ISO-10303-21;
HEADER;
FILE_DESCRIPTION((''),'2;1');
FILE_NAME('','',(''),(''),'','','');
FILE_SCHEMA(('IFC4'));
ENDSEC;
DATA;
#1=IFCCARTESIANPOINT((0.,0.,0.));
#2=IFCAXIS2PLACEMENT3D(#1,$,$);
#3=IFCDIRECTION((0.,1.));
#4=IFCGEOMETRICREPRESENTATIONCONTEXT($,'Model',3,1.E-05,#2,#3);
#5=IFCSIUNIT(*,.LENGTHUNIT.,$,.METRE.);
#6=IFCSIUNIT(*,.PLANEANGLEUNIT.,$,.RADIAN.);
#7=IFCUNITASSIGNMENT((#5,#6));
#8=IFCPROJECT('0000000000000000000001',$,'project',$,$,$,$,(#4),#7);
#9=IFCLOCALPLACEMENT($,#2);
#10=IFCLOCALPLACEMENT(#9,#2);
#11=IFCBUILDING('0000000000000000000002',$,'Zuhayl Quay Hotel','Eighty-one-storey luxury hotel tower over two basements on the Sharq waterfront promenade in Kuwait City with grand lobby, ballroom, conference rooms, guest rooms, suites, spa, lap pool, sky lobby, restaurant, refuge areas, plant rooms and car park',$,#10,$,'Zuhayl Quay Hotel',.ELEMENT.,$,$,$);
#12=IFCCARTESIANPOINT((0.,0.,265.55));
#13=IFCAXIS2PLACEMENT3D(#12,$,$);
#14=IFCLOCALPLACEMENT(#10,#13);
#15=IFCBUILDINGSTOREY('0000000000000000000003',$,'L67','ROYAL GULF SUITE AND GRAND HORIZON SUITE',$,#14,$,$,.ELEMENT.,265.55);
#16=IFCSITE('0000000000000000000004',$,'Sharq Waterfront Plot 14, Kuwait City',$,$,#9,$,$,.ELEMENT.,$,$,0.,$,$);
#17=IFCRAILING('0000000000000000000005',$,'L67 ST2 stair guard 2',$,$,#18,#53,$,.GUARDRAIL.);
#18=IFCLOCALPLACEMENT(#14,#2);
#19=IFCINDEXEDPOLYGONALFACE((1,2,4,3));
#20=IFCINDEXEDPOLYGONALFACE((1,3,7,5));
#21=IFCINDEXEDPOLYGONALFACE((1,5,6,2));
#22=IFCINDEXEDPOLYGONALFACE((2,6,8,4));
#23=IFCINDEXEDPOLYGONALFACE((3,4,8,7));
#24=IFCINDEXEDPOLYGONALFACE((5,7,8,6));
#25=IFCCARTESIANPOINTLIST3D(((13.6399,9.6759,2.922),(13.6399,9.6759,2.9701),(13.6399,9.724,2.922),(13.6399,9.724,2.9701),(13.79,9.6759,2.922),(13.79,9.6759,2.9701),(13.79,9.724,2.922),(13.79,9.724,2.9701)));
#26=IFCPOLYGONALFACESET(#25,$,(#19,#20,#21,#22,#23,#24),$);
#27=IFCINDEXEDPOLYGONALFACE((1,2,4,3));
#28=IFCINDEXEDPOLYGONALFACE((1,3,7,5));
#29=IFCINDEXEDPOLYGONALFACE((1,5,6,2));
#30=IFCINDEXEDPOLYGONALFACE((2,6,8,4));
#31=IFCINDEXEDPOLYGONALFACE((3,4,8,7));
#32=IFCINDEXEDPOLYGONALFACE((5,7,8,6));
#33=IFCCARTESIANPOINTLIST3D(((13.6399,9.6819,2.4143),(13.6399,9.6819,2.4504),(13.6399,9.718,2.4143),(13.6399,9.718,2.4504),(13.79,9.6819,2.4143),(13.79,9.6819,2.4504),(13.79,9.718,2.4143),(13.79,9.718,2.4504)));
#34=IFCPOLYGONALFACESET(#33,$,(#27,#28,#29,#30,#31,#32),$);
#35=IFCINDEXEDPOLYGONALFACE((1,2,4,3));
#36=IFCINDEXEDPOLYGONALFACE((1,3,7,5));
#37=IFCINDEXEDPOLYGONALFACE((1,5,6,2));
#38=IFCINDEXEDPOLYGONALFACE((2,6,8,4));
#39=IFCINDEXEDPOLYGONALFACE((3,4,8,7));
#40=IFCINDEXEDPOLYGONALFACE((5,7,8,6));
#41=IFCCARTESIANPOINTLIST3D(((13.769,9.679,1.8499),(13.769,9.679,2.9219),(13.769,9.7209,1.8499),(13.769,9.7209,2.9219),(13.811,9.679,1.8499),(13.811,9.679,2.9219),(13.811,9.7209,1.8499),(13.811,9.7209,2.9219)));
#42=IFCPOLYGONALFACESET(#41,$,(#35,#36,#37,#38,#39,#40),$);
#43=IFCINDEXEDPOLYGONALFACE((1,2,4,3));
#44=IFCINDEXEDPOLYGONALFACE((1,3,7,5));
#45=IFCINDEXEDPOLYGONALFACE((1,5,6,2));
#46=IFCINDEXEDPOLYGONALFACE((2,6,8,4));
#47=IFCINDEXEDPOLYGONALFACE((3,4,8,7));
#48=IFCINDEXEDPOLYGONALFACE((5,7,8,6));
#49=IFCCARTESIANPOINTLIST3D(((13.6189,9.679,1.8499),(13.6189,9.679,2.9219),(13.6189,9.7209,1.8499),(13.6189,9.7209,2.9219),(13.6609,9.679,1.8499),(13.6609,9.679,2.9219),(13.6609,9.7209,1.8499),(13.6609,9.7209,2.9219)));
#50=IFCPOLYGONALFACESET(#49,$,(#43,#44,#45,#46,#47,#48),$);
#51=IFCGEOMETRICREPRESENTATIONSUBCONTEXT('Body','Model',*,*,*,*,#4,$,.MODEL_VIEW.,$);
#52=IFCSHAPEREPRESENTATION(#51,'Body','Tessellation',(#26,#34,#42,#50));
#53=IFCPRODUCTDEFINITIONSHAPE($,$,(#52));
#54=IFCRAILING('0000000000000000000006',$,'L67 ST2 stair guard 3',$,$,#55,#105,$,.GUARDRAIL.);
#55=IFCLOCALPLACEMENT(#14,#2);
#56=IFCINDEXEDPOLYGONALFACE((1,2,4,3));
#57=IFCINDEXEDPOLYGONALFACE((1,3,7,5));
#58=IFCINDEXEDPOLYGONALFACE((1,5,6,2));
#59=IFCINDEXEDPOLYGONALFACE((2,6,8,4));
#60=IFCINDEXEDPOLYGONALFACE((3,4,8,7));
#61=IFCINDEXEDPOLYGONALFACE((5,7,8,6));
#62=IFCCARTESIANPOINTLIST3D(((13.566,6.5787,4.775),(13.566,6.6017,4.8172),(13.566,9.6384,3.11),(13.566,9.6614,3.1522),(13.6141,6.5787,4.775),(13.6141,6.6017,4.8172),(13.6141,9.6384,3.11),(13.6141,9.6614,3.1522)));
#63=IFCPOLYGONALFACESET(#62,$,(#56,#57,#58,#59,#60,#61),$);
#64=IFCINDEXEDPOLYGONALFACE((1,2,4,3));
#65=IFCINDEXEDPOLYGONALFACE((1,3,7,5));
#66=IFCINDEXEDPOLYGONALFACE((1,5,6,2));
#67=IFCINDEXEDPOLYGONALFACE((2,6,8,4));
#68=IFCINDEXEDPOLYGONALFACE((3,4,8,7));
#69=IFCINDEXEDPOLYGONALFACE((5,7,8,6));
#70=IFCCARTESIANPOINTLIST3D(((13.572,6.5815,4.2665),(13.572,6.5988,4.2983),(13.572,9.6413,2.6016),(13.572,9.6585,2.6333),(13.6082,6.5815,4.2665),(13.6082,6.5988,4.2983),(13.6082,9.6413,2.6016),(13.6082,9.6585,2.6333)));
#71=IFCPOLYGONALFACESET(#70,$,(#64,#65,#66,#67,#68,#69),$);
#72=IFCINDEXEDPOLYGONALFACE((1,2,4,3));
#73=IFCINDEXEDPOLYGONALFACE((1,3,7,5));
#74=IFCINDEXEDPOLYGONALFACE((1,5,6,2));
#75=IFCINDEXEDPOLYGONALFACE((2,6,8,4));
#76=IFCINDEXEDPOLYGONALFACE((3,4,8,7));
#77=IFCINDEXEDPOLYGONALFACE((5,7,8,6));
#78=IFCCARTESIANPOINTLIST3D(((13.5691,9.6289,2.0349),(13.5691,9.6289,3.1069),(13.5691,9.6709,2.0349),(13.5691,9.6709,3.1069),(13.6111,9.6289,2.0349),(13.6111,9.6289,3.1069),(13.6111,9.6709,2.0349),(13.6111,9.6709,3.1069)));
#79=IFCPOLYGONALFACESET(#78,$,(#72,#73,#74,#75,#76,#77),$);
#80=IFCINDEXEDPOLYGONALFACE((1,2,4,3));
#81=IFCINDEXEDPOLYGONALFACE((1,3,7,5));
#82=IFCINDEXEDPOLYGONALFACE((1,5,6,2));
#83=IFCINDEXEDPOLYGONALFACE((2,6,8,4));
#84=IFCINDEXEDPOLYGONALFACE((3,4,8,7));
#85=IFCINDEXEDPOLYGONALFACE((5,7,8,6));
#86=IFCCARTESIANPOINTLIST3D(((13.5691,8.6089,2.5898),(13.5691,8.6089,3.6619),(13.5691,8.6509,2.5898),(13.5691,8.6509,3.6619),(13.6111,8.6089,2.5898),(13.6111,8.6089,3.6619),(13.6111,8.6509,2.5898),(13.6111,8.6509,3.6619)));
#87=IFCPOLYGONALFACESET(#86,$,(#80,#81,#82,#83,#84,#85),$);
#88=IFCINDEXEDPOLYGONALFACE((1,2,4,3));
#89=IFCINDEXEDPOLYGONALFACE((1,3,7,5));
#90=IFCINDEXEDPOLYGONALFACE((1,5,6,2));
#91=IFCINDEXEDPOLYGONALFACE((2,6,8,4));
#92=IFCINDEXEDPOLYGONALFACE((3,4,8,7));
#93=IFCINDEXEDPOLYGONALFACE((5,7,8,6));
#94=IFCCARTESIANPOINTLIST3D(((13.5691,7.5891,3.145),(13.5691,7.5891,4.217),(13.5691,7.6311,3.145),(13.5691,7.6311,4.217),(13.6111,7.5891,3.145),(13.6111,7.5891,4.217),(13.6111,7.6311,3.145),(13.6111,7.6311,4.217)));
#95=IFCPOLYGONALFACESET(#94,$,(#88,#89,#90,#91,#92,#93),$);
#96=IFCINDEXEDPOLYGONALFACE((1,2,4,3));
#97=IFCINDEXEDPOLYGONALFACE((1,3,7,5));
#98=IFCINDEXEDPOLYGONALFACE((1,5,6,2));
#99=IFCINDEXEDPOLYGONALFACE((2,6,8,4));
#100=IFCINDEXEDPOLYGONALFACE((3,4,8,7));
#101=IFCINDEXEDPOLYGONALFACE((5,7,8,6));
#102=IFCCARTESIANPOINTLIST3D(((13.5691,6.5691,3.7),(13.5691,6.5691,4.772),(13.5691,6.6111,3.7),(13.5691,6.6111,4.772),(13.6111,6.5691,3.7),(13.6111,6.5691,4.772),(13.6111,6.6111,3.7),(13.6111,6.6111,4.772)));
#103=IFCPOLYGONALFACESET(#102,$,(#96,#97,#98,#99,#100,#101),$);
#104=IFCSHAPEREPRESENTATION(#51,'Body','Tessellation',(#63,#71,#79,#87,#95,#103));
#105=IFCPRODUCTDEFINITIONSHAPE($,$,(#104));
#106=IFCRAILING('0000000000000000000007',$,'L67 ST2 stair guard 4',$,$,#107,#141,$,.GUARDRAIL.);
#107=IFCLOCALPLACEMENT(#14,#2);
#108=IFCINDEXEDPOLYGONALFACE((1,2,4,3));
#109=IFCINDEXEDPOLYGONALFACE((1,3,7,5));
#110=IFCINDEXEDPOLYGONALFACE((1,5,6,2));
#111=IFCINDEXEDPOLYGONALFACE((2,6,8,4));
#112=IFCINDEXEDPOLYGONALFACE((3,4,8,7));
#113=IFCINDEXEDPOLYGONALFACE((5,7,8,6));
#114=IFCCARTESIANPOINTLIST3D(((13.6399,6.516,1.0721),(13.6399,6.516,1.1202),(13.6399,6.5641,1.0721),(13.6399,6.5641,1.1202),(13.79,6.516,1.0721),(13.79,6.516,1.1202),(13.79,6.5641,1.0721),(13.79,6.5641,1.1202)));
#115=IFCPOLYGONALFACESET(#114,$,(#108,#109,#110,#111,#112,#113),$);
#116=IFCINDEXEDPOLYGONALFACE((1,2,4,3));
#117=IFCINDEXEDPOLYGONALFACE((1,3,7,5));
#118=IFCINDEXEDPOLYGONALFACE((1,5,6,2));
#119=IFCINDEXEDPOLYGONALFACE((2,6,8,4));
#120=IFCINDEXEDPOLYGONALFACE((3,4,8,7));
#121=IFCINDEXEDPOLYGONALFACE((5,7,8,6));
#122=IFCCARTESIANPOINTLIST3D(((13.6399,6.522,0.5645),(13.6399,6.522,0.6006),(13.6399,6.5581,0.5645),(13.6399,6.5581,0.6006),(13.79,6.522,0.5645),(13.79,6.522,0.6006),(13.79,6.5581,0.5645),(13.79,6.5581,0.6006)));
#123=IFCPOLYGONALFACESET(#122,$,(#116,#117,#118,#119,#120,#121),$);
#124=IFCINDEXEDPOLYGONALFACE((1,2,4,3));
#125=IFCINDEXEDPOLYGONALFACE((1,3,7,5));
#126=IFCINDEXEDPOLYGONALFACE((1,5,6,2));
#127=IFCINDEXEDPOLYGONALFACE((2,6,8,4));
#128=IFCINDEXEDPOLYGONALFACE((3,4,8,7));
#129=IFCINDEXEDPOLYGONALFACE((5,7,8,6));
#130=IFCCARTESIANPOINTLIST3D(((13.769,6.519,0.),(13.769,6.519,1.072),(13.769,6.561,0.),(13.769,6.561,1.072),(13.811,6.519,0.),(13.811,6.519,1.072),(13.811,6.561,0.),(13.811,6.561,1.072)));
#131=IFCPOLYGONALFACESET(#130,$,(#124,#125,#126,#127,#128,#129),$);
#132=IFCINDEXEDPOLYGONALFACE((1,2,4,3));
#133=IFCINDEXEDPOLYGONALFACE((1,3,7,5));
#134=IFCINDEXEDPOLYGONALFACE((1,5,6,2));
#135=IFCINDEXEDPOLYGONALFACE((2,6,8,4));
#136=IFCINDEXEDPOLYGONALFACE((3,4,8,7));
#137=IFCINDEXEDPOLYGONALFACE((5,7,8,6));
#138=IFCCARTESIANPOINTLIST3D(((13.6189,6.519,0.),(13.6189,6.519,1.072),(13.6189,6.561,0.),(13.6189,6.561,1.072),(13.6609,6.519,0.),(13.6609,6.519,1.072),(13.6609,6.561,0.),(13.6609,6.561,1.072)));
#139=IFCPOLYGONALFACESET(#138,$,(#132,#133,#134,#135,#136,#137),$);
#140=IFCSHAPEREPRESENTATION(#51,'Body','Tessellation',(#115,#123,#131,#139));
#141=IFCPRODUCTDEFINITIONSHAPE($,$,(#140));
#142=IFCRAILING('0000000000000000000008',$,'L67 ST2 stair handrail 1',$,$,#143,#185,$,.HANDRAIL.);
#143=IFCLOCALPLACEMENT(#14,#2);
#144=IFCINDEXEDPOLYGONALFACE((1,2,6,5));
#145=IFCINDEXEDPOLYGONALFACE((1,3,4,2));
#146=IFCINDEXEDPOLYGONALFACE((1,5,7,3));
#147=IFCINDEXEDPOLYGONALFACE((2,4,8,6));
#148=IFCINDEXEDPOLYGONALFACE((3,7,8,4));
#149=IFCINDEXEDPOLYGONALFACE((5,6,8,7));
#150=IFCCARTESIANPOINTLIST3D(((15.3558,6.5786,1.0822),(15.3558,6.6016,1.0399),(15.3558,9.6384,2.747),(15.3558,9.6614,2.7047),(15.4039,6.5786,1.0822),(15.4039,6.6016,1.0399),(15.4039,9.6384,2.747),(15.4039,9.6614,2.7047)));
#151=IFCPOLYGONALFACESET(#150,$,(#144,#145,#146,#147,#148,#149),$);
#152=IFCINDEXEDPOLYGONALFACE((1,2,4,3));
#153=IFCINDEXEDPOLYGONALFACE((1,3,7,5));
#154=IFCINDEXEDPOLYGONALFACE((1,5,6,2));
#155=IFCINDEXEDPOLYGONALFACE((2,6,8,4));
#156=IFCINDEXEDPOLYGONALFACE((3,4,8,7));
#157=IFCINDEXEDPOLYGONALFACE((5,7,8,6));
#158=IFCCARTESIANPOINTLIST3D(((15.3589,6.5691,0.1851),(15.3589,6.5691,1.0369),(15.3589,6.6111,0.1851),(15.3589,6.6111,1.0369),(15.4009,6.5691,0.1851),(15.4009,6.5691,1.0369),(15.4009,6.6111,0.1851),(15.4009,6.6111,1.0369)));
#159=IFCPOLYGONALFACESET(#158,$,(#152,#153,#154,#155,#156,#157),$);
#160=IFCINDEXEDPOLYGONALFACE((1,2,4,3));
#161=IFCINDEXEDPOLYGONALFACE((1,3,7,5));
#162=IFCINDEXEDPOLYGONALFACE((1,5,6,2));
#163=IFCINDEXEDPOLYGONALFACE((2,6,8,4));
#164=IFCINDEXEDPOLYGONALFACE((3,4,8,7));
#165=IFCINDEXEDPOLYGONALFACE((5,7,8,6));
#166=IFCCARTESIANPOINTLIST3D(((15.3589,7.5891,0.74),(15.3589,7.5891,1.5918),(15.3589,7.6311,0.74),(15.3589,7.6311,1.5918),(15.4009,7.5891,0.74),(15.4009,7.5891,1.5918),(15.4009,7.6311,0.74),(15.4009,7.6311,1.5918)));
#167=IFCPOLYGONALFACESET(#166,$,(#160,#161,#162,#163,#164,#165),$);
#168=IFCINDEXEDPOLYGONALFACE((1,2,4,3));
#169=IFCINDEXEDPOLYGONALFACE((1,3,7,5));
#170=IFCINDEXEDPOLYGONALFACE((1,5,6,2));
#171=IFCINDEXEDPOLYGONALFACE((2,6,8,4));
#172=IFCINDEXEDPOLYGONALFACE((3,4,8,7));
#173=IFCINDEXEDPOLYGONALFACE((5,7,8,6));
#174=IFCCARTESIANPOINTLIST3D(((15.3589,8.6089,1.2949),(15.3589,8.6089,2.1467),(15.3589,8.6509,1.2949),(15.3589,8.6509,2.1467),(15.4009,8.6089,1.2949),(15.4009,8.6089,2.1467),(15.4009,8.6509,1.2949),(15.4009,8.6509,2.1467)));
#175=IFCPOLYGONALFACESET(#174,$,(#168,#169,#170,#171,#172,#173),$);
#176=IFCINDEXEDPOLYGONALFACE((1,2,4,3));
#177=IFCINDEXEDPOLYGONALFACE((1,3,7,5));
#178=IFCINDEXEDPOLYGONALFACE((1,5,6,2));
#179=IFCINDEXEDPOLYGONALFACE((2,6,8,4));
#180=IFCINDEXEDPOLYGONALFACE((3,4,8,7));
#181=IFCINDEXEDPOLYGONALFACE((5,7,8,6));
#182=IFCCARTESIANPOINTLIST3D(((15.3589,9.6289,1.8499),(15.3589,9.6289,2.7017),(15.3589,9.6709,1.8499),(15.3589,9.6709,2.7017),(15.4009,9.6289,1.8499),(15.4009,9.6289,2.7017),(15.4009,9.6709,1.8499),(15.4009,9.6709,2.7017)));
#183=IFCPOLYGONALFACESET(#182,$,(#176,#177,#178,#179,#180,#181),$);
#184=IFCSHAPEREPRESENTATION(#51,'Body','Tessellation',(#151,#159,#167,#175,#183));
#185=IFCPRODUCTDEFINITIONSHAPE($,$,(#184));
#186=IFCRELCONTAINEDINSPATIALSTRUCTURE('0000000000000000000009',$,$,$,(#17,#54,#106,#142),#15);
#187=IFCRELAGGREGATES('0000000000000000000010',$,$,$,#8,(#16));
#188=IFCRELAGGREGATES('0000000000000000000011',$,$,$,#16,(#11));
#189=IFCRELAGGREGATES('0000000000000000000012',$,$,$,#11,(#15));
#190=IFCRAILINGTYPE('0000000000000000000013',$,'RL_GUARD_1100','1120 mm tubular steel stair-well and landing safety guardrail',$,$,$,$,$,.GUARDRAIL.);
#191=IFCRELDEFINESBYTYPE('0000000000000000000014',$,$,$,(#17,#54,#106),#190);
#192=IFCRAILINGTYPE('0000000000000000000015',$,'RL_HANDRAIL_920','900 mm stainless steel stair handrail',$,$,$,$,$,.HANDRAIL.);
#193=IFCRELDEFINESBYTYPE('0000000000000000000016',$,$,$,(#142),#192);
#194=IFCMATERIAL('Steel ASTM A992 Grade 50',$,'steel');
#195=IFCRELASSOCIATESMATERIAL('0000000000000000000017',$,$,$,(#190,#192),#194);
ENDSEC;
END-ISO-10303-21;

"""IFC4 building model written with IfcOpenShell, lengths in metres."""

from ifc_helpers import new_model, si_unit, direction, frame, origin, origin_2d, place, context, subcontext, project, spatial, rectangle, extrude, material, type_object, element, save


model = new_model("IFC4")

# Units and contexts
model_context = context("Model", 3, precision=1e-05, world=origin(), true_north=direction((0.0, 1.0)))
body_context = subcontext(model_context, "Body", "Model", "MODEL_VIEW")
ifc_project = project(units=[si_unit("LENGTHUNIT", "METRE"), si_unit("PLANEANGLEUNIT", "RADIAN")], contexts=[model_context])

# Site, building, storey
site_placement = place(None, origin())
site = spatial("IfcSite", under=ifc_project, at=site_placement, Name="Sharq Waterfront Plot 14, Kuwait City", CompositionType="ELEMENT", RefElevation=0.0)
building_placement = place(site_placement, origin())
building = spatial("IfcBuilding", under=site, at=building_placement, Name="Zuhayl Quay Hotel", Description="Eighty-one-storey luxury hotel tower over two basements on the Sharq waterfront promenade in Kuwait City with grand lobby, ballroom, conference rooms, guest rooms, suites, spa, lap pool, sky lobby, restaurant, refuge areas, plant rooms and car park", LongName="Zuhayl Quay Hotel", CompositionType="ELEMENT")
storey_placement = place(building_placement, frame((0.0, 0.0, 265.55)))
storey = spatial("IfcBuildingStorey", under=building, at=storey_placement, Name="L67", Description="ROYAL GULF SUITE AND GRAND HORIZON SUITE", CompositionType="ELEMENT", Elevation=265.55)

# Shared definitions
ifc_material_1 = material(Name="Steel ASTM A992 Grade 50", Category="steel")

# Railings
railing_type_1 = type_object("IfcRailingType", Name="RL_GUARD_1100", Description="1120 mm tubular steel stair-well and landing safety guardrail", PredefinedType="GUARDRAIL", material=ifc_material_1)
railing_1_placement = place(storey_placement, frame((13.79, 9.7, 1.8499)))
element("IfcRailing", 1, at=railing_1_placement, inside=storey, type_object=railing_type_1, Name="L67 ST2 stair guard 2", PredefinedType="GUARDRAIL", context=body_context, shape_type="SweptSolid", body=[
    extrude(rectangle(XDim=0.0481, YDim=0.0481, at=origin_2d()), frame((0.0, 0.0, 1.0962), z_axis=(-1.0, 0.0, 0.0), x_axis=(0.0, -1.0, 0.0)), (0.0, 0.0, 1.0), 0.1501),
    extrude(rectangle(XDim=0.0361, YDim=0.0361, at=origin_2d()), frame((0.0, 0.0, 0.5825), z_axis=(-1.0, 0.0, 0.0), x_axis=(0.0, -1.0, 0.0)), (0.0, 0.0, 1.0), 0.1501),
    extrude(rectangle(XDim=0.042, YDim=0.042, at=origin_2d()), origin(), (0.0, 0.0, 1.0), 1.072),
    extrude(rectangle(XDim=0.042, YDim=0.042, at=origin_2d()), frame((-0.1501, 0.0, 0.0)), (0.0, 0.0, 1.0), 1.072),
])
railing_2_placement = place(storey_placement, frame((13.5901, 9.6499, 2.0349)))
element("IfcRailing", 2, at=railing_2_placement, inside=storey, type_object=railing_type_1, Name="L67 ST2 stair guard 3", PredefinedType="GUARDRAIL", context=body_context, shape_type="SweptSolid", body=[
    extrude(rectangle(XDim=0.0481, YDim=0.0481, at=origin_2d()), frame((0.0, 0.0, 1.0962), z_axis=(0.0, -0.878372, 0.477978), x_axis=(1.0, 0.0, 0.0)), (0.0, 0.0, 1.0), 3.4834),
    extrude(rectangle(XDim=0.0361, YDim=0.0361, at=origin_2d()), frame((0.0, 0.0, 0.5825), z_axis=(0.0, -0.878372, 0.477978), x_axis=(1.0, 0.0, 0.0)), (0.0, 0.0, 1.0), 3.4834),
    extrude(rectangle(XDim=0.042, YDim=0.042, at=origin_2d()), origin(), (0.0, 0.0, 1.0), 1.072),
    extrude(rectangle(XDim=0.042, YDim=0.042, at=origin_2d()), frame((0.0, -1.02, 0.5549)), (0.0, 0.0, 1.0), 1.072),
    extrude(rectangle(XDim=0.042, YDim=0.042, at=origin_2d()), frame((0.0, -2.0398, 1.1101)), (0.0, 0.0, 1.0), 1.072),
    extrude(rectangle(XDim=0.042, YDim=0.042, at=origin_2d()), frame((0.0, -3.0598, 1.665)), (0.0, 0.0, 1.0), 1.072),
])
railing_3_placement = place(storey_placement, frame((13.79, 6.54, 0.0)))
element("IfcRailing", 3, at=railing_3_placement, inside=storey, type_object=railing_type_1, Name="L67 ST2 stair guard 4", PredefinedType="GUARDRAIL", context=body_context, shape_type="SweptSolid", body=[
    extrude(rectangle(XDim=0.0481, YDim=0.0481, at=origin_2d()), frame((0.0, 0.0, 1.0962), z_axis=(-1.0, 0.0, 0.0), x_axis=(0.0, -1.0, 0.0)), (0.0, 0.0, 1.0), 0.1501),
    extrude(rectangle(XDim=0.0361, YDim=0.0361, at=origin_2d()), frame((0.0, 0.0, 0.5825), z_axis=(-1.0, 0.0, 0.0), x_axis=(0.0, -1.0, 0.0)), (0.0, 0.0, 1.0), 0.1501),
    extrude(rectangle(XDim=0.042, YDim=0.042, at=origin_2d()), origin(), (0.0, 0.0, 1.0), 1.072),
    extrude(rectangle(XDim=0.042, YDim=0.042, at=origin_2d()), frame((-0.1501, 0.0, 0.0)), (0.0, 0.0, 1.0), 1.072),
])
railing_type_2 = type_object("IfcRailingType", Name="RL_HANDRAIL_920", Description="900 mm stainless steel stair handrail", PredefinedType="HANDRAIL", material=ifc_material_1)
railing_4_placement = place(storey_placement, frame((15.3799, 6.5901, 0.1851)))
element("IfcRailing", 4, at=railing_4_placement, inside=storey, type_object=railing_type_2, Name="L67 ST2 stair handrail 1", PredefinedType="HANDRAIL", context=body_context, shape_type="SweptSolid", body=[
    extrude(rectangle(XDim=0.0481, YDim=0.0481, at=origin_2d()), frame((0.0, 0.0, 0.876), z_axis=(0.0, 0.878401, 0.477924), x_axis=(-1.0, 0.0, 0.0)), (0.0, 0.0, 1.0), 3.4834),
    extrude(rectangle(XDim=0.042, YDim=0.042, at=origin_2d()), origin(), (0.0, 0.0, 1.0), 0.8518),
    extrude(rectangle(XDim=0.042, YDim=0.042, at=origin_2d()), frame((0.0, 1.02, 0.5549)), (0.0, 0.0, 1.0), 0.8518),
    extrude(rectangle(XDim=0.042, YDim=0.042, at=origin_2d()), frame((0.0, 2.0398, 1.1099)), (0.0, 0.0, 1.0), 0.8518),
    extrude(rectangle(XDim=0.042, YDim=0.042, at=origin_2d()), frame((0.0, 3.0598, 1.6648)), (0.0, 0.0, 1.0), 0.8518),
])

save(model, "model.ifc")
